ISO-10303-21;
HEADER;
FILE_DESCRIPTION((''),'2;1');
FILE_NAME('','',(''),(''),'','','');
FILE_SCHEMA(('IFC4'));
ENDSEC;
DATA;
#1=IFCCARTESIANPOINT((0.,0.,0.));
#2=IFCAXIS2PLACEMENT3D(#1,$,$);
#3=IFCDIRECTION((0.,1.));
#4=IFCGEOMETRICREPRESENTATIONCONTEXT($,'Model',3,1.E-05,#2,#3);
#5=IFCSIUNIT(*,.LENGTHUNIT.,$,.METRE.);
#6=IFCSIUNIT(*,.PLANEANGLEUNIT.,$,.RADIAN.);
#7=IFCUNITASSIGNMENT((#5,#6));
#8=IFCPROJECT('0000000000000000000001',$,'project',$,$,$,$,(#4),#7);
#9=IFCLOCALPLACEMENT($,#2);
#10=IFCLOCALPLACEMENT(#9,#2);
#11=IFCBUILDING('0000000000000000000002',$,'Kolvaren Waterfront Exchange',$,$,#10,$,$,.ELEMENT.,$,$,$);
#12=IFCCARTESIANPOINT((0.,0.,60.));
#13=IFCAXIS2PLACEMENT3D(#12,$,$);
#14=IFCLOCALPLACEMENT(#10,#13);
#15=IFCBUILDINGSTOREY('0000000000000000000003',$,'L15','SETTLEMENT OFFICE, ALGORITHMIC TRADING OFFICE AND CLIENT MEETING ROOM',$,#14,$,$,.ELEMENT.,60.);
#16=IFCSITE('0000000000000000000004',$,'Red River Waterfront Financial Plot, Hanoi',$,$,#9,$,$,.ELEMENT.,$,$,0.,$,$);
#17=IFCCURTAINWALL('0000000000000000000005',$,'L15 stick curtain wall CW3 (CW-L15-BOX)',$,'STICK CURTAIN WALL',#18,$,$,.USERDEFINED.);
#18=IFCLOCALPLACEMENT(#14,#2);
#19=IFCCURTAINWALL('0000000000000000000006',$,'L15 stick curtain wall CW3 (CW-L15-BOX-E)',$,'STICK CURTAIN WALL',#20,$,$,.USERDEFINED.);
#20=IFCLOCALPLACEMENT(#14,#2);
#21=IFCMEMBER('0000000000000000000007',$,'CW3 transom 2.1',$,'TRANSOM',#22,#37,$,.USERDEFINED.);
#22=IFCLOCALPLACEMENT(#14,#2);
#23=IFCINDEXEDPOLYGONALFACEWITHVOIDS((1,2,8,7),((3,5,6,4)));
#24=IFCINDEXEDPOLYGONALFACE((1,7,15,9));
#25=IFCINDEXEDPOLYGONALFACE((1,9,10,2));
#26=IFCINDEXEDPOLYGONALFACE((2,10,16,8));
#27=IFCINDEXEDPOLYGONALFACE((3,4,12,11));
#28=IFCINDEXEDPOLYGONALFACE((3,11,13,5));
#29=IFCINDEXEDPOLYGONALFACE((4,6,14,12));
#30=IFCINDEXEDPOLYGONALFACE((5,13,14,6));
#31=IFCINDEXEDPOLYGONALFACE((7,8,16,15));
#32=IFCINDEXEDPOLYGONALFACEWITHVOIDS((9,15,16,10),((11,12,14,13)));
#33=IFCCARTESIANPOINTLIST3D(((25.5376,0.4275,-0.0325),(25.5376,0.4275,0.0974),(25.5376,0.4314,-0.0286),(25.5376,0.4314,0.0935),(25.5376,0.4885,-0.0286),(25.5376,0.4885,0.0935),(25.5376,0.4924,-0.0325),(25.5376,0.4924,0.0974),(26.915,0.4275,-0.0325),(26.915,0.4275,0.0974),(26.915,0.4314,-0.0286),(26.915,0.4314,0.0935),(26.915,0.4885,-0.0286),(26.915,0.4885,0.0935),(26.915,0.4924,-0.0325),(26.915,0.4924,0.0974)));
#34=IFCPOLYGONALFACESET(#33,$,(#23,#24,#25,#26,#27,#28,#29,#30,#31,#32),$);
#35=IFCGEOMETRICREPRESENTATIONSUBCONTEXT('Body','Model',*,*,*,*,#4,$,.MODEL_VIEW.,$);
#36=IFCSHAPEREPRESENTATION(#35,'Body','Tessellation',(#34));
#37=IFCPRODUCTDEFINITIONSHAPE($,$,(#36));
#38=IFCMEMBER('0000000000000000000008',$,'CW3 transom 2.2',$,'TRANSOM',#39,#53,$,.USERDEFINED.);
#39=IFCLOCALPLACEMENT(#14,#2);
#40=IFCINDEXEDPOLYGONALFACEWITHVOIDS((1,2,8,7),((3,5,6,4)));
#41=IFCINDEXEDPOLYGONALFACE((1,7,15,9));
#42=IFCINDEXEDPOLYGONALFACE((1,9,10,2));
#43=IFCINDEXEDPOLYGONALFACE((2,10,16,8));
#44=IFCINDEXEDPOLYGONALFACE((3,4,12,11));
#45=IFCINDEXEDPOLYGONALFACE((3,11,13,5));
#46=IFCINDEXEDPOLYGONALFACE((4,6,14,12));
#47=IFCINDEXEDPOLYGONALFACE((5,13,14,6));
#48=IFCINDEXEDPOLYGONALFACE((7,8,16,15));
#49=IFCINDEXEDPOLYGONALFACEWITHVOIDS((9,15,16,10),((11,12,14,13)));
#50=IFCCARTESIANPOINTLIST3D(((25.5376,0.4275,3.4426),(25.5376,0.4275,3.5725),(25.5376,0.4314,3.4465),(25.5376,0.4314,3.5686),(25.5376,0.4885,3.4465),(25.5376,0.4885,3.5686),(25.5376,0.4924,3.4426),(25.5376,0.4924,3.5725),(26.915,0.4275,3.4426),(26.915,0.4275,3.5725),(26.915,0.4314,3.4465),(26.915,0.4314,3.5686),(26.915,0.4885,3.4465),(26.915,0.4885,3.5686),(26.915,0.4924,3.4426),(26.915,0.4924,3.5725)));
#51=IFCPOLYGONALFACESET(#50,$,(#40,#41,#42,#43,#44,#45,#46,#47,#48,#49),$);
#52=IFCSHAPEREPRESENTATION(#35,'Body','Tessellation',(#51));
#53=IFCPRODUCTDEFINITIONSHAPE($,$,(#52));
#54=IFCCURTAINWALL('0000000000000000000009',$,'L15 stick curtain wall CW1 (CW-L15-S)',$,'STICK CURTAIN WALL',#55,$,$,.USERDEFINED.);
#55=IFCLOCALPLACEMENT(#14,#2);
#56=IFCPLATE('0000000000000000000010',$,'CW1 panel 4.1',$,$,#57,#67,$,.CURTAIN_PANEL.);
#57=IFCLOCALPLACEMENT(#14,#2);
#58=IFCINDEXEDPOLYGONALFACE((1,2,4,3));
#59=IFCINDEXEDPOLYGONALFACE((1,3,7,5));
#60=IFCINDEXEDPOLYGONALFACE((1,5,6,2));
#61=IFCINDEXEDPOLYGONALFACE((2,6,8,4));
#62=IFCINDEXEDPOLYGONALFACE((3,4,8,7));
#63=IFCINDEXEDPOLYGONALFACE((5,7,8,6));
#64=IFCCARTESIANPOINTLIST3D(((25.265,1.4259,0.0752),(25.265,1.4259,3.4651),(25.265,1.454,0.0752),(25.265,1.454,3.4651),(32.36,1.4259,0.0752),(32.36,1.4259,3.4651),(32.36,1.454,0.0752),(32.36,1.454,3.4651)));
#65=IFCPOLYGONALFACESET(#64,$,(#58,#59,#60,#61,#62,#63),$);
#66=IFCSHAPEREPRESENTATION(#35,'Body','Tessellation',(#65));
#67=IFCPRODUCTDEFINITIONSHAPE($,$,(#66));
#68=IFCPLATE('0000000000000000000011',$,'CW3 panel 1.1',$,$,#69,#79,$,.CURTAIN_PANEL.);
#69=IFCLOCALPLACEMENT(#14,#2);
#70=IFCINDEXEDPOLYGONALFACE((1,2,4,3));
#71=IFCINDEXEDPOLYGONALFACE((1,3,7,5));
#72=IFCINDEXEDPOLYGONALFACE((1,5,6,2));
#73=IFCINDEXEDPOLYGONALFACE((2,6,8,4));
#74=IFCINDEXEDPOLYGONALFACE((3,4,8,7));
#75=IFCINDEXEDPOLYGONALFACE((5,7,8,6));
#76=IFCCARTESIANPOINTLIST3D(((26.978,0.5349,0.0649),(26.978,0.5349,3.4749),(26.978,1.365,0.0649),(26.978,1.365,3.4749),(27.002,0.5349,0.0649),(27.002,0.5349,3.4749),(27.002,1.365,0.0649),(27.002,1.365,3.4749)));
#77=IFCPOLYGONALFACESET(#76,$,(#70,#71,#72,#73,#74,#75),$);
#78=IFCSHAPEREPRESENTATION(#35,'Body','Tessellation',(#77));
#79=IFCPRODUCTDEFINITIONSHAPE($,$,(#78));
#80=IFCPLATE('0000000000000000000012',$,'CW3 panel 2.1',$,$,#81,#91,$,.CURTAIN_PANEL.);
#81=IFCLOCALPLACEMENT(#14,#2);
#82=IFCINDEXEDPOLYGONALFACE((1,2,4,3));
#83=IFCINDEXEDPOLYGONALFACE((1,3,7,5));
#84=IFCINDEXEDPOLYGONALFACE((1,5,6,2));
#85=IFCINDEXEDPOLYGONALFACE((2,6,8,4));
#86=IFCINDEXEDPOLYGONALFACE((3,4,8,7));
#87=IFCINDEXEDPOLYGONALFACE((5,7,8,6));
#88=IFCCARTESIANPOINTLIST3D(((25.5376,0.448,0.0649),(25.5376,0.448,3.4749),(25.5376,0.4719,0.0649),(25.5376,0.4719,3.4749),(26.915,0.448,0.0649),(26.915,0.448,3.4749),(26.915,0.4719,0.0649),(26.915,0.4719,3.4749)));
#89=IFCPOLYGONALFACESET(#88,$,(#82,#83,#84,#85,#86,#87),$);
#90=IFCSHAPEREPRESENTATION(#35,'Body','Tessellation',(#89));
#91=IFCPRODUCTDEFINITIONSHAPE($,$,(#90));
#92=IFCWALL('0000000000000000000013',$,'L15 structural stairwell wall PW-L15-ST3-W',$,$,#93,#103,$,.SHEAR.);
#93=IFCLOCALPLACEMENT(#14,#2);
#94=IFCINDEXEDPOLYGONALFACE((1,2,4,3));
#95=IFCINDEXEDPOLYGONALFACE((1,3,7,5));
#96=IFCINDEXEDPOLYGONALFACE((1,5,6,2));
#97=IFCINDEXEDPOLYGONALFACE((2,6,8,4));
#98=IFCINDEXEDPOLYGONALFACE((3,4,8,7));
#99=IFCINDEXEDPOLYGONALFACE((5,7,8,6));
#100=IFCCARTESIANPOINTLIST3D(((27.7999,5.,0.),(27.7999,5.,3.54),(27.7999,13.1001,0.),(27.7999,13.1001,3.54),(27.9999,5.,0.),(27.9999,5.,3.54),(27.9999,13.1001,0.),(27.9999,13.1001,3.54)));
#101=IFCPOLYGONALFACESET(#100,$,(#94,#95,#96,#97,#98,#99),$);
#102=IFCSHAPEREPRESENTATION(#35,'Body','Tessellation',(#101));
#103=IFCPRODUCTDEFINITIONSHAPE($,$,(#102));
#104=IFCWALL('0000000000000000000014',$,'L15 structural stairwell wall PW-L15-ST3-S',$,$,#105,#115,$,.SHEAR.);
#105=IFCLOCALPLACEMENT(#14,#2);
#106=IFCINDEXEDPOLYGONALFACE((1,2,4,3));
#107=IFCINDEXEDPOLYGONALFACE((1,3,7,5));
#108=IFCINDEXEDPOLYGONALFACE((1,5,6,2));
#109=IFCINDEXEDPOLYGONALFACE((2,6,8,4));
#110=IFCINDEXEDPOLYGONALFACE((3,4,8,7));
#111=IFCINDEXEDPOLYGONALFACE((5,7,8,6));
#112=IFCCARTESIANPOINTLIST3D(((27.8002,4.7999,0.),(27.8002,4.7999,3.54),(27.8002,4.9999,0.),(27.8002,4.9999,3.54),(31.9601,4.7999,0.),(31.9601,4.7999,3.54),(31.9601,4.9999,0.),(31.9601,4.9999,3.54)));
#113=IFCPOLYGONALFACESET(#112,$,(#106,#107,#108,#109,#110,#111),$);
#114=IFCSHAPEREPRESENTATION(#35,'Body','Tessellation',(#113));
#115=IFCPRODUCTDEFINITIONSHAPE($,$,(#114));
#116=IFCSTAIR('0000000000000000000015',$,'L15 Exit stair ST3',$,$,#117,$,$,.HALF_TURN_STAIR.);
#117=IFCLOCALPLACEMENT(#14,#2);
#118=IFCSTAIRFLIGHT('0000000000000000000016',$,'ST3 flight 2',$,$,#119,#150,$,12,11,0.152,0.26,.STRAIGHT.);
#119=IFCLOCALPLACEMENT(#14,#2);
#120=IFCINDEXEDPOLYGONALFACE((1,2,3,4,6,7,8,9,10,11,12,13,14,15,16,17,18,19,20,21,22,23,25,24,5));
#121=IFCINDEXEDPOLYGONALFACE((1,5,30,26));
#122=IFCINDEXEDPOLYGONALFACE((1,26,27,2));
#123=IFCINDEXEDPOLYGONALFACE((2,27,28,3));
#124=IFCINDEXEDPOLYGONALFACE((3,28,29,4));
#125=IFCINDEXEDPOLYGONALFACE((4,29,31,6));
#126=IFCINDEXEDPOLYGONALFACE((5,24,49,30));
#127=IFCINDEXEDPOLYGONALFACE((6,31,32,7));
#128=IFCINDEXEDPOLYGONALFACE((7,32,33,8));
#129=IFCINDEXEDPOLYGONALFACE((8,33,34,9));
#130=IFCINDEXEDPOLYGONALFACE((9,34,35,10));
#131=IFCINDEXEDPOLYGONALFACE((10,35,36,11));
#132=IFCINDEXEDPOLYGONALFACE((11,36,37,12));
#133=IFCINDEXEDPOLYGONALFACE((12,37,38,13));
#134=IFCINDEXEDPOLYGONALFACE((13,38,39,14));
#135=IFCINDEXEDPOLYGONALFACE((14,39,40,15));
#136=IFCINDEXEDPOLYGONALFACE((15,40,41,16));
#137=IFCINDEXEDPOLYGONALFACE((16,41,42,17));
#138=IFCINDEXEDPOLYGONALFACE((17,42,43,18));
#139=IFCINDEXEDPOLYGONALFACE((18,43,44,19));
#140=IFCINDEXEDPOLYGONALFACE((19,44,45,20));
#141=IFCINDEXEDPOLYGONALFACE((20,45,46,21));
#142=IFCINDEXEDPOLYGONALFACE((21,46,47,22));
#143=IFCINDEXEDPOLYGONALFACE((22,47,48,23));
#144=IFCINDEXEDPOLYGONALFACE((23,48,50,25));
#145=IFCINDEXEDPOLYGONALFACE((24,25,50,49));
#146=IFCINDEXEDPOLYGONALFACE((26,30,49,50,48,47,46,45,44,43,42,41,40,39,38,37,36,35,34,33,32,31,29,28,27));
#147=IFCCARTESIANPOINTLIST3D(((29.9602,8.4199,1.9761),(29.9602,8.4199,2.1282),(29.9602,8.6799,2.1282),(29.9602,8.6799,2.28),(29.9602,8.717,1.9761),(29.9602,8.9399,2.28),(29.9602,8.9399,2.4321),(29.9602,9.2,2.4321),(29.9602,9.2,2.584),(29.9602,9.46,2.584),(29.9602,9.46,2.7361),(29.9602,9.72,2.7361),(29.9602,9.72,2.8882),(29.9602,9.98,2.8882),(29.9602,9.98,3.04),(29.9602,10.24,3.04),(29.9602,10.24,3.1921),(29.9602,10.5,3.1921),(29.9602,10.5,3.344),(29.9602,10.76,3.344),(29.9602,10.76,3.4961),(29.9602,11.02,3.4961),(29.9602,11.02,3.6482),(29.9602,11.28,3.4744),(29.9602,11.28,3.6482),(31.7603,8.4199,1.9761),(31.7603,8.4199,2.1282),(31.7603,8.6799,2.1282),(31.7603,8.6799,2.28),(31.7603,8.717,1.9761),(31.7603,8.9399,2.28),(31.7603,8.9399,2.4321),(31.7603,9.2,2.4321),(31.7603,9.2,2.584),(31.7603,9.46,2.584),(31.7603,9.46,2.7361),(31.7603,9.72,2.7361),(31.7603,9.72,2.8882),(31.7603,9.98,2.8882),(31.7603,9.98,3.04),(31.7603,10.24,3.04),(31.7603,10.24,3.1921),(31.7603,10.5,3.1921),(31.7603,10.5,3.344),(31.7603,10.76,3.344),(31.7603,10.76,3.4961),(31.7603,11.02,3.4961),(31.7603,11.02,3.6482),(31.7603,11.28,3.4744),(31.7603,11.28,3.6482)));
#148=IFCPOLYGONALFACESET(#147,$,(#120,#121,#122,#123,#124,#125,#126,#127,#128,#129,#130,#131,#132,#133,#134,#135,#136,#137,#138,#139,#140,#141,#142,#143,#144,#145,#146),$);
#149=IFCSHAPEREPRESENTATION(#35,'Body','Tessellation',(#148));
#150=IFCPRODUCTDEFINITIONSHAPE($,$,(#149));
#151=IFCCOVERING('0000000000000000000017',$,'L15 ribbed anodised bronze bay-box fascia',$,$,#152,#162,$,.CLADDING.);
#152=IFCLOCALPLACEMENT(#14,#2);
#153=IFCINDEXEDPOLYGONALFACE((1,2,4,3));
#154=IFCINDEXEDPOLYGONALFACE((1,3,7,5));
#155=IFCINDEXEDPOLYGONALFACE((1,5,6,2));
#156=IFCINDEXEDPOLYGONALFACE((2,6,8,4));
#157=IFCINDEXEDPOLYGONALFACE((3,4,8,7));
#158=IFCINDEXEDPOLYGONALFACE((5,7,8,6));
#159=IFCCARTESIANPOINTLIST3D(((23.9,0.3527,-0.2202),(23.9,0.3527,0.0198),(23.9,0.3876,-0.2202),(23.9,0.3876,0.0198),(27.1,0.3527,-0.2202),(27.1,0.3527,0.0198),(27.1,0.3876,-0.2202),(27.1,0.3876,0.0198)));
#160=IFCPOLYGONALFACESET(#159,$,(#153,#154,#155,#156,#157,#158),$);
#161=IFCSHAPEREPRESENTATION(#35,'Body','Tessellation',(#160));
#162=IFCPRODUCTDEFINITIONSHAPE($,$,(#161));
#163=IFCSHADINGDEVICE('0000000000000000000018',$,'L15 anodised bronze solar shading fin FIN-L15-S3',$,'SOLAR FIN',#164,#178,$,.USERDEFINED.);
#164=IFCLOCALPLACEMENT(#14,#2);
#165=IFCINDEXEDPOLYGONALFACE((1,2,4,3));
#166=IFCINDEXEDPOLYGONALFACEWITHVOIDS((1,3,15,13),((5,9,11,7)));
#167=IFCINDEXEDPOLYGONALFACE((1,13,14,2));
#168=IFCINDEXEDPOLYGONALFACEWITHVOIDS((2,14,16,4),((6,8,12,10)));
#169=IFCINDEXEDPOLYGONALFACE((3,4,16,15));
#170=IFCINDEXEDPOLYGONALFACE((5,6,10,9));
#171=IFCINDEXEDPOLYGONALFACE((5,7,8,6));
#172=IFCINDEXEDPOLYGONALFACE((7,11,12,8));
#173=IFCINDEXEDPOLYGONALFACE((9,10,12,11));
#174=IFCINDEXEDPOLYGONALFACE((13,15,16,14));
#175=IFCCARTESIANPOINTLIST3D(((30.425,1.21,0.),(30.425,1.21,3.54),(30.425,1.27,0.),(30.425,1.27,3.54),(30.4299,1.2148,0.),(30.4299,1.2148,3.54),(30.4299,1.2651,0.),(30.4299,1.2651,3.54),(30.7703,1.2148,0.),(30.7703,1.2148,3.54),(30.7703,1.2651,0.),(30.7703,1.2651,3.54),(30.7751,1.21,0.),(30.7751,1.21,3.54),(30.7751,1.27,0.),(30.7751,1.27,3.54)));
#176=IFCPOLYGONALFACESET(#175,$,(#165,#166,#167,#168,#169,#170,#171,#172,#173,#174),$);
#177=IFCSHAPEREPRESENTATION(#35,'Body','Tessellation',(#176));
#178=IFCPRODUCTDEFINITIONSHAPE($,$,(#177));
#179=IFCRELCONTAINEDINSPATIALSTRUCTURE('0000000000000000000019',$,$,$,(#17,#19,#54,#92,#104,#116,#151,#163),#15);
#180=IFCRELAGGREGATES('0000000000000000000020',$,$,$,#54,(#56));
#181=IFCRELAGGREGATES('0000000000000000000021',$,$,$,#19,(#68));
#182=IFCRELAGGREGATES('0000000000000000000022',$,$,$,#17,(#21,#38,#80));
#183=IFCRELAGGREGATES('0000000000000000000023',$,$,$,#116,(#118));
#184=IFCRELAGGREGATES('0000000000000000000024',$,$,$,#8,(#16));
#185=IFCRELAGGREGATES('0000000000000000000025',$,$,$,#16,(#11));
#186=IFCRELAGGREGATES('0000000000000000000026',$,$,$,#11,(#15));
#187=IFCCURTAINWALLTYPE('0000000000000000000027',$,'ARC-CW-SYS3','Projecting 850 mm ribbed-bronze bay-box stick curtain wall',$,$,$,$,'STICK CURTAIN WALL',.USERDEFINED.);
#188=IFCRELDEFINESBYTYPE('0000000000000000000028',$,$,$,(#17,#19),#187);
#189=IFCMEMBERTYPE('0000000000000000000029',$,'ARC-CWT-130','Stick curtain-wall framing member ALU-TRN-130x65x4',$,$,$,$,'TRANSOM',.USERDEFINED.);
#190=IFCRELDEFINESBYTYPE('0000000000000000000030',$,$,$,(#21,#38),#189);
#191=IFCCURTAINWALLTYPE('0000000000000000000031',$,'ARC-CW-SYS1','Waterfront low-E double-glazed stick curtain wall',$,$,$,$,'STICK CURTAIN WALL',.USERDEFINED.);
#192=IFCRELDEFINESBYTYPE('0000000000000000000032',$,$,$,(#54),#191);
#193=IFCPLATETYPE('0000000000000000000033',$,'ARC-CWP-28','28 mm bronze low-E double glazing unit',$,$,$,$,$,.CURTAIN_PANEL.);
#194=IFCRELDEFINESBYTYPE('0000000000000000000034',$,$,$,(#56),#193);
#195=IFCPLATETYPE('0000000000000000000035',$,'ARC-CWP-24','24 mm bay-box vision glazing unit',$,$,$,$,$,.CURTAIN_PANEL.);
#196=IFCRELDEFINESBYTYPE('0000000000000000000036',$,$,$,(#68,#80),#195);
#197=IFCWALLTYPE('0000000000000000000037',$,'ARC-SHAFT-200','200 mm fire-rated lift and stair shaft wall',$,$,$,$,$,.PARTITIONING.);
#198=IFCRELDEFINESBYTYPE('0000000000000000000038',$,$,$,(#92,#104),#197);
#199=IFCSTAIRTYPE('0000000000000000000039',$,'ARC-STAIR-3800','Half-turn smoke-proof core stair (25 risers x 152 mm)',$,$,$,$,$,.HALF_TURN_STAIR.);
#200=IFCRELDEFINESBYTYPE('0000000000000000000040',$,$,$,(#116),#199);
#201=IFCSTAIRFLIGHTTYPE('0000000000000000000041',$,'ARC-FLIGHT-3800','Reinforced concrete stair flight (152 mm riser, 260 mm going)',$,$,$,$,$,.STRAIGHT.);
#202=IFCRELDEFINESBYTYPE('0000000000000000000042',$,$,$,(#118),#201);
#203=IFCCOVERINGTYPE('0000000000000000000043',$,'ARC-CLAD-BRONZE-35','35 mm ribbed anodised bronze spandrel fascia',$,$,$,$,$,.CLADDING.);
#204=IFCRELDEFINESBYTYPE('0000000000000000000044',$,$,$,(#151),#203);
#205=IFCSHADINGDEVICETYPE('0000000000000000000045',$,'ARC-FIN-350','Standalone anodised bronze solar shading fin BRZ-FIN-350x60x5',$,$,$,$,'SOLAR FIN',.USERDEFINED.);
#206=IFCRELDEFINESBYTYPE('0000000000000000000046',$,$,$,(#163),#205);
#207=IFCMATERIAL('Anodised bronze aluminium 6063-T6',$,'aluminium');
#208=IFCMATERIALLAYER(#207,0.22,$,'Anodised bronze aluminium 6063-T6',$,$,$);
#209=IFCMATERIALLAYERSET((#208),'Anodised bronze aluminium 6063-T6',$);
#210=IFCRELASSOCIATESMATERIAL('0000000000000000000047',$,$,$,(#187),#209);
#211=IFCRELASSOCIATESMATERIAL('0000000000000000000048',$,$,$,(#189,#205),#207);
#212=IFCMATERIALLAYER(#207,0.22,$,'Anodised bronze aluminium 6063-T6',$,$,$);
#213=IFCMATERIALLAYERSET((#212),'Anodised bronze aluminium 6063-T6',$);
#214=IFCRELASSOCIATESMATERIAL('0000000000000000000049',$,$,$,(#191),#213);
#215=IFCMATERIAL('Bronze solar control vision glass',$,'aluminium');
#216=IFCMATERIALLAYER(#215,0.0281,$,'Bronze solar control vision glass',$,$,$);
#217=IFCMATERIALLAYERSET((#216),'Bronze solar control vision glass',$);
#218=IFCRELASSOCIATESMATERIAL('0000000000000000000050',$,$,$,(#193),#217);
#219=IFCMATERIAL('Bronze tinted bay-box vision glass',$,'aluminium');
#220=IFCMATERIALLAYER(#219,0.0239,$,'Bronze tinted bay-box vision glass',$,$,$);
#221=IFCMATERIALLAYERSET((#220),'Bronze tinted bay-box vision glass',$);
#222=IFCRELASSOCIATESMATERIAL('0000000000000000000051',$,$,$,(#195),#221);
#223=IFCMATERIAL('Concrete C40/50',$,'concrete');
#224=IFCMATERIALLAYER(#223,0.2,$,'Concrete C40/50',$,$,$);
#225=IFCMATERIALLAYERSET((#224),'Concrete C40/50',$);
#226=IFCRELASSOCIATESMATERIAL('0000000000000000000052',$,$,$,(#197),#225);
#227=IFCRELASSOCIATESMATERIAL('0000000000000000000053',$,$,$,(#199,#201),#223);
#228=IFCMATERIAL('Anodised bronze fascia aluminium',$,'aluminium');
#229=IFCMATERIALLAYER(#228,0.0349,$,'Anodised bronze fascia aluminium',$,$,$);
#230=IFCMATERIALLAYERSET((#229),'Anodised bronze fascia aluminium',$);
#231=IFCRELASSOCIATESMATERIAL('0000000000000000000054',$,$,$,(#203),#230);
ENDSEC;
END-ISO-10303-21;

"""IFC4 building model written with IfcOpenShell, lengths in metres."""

from ifc_helpers import new_model, si_unit, direction, frame, frame_2d, origin, origin_with_axes, origin_2d, place, context, subcontext, project, spatial, polyline, rectangle, hollow_rectangle, outline, extrude, source, transform, mapped, material, layer, layer_set, material_profile, profile_set, type_object, element, aggregate, save


model = new_model("IFC4")

# Units and contexts
model_context = context("Model", 3, precision=1e-05, world=origin(), true_north=direction((0.0, 1.0)))
body_context = subcontext(model_context, "Body", "Model", "MODEL_VIEW")
ifc_project = project(units=[si_unit("LENGTHUNIT", "METRE"), si_unit("PLANEANGLEUNIT", "RADIAN")], contexts=[model_context])

# Site, building, storey
site_placement = place(None, origin())
site = spatial("IfcSite", under=ifc_project, at=site_placement, Name="Red River Waterfront Financial Plot, Hanoi", CompositionType="ELEMENT", RefElevation=0.0)
building_placement = place(site_placement, origin())
building = spatial("IfcBuilding", under=site, at=building_placement, Name="Kolvaren Waterfront Exchange", CompositionType="ELEMENT")
storey_placement = place(building_placement, frame((0.0, 0.0, 60.0)))
storey = spatial("IfcBuildingStorey", under=building, at=storey_placement, Name="L15", Description="SETTLEMENT OFFICE, ALGORITHMIC TRADING OFFICE AND CLIENT MEETING ROOM", CompositionType="ELEMENT", Elevation=60.0)

# Curtain walls
ifc_material_1 = material(Name="Anodised bronze aluminium 6063-T6", Category="aluminium")
ifc_layer_1 = layer(ifc_material_1, 0.22, Name="Anodised bronze aluminium 6063-T6")
ifc_layer_set_1 = layer_set([ifc_layer_1], Name="Anodised bronze aluminium 6063-T6")
curtain_wall_type_1 = type_object("IfcCurtainWallType", Name="ARC-CW-SYS3", Description="Projecting 850 mm ribbed-bronze bay-box stick curtain wall", ElementType="STICK CURTAIN WALL", PredefinedType="USERDEFINED", material=ifc_layer_set_1)
curtain_wall_1_placement = place(storey_placement, origin())
curtain_wall_1 = element("IfcCurtainWall", 1, at=curtain_wall_1_placement, inside=storey, type_object=curtain_wall_type_1, Name="L15 stick curtain wall CW3 (CW-L15-BOX)", ObjectType="STICK CURTAIN WALL", PredefinedType="USERDEFINED")
curtain_wall_2_placement = place(storey_placement, origin())
curtain_wall_2 = element("IfcCurtainWall", 2, at=curtain_wall_2_placement, inside=storey, type_object=curtain_wall_type_1, Name="L15 stick curtain wall CW3 (CW-L15-BOX-E)", ObjectType="STICK CURTAIN WALL", PredefinedType="USERDEFINED")
ifc_material_profile_1 = material_profile(ifc_material_1, hollow_rectangle(XDim=0.0649, YDim=0.1299, WallThickness=0.0039, at=origin_2d()), Name="ALU-TRN-130x65x4")
ifc_profile_set_1 = profile_set([ifc_material_profile_1], Name="Anodised bronze aluminium 6063-T6")
member_type_1 = type_object("IfcMemberType", Name="ARC-CWT-130", Description="Stick curtain-wall framing member ALU-TRN-130x65x4", ElementType="TRANSOM", PredefinedType="USERDEFINED", material=ifc_profile_set_1)

# Members
shared_shape_1 = source(origin_with_axes(), body_context, "Body", "SweptSolid", [
    extrude(hollow_rectangle(XDim=0.0649, YDim=0.1299, WallThickness=0.0039, at=origin_2d()), origin(), (0.0, 0.0, 1.0), 1.3774),
])
member_1_placement = place(storey_placement, frame((25.5376, 0.46, 0.0325), z_axis=(1.0, 0.0, 0.0), x_axis=(0.0, 1.0, 0.0)))
member_1 = element("IfcMember", 3, at=member_1_placement, type_object=member_type_1, Name="CW3 transom 2.1", ObjectType="TRANSOM", PredefinedType="USERDEFINED", context=body_context, shape_type="MappedRepresentation", body=[
    mapped(shared_shape_1, transform((0.0, 0.0, 0.0), x_axis=(1.0, 0.0, 0.0), y_axis=(0.0, 1.0, 0.0), z_axis=(0.0, 0.0, 1.0), scale=1.0)),
])
member_2_placement = place(storey_placement, frame((25.5376, 0.46, 3.5076), z_axis=(1.0, 0.0, 0.0), x_axis=(0.0, 1.0, 0.0)))
member_2 = element("IfcMember", 4, at=member_2_placement, type_object=member_type_1, Name="CW3 transom 2.2", ObjectType="TRANSOM", PredefinedType="USERDEFINED", context=body_context, shape_type="MappedRepresentation", body=[
    mapped(shared_shape_1, transform((0.0, 0.0, 0.0), x_axis=(1.0, 0.0, 0.0), y_axis=(0.0, 1.0, 0.0), z_axis=(0.0, 0.0, 1.0), scale=1.0)),
])

# Curtain wall, plate
ifc_layer_2 = layer(ifc_material_1, 0.22, Name="Anodised bronze aluminium 6063-T6")
ifc_layer_set_2 = layer_set([ifc_layer_2], Name="Anodised bronze aluminium 6063-T6")
curtain_wall_type_2 = type_object("IfcCurtainWallType", Name="ARC-CW-SYS1", Description="Waterfront low-E double-glazed stick curtain wall", ElementType="STICK CURTAIN WALL", PredefinedType="USERDEFINED", material=ifc_layer_set_2)
curtain_wall_3_placement = place(storey_placement, origin())
curtain_wall_3 = element("IfcCurtainWall", 5, at=curtain_wall_3_placement, inside=storey, type_object=curtain_wall_type_2, Name="L15 stick curtain wall CW1 (CW-L15-S)", ObjectType="STICK CURTAIN WALL", PredefinedType="USERDEFINED")
ifc_material_2 = material(Name="Bronze solar control vision glass", Category="aluminium")
ifc_layer_3 = layer(ifc_material_2, 0.0281, Name="Bronze solar control vision glass")
ifc_layer_set_3 = layer_set([ifc_layer_3], Name="Bronze solar control vision glass")
plate_type_1 = type_object("IfcPlateType", Name="ARC-CWP-28", Description="28 mm bronze low-E double glazing unit", PredefinedType="CURTAIN_PANEL", material=ifc_layer_set_3)
shared_shape_2 = source(origin_with_axes(), body_context, "Body", "SweptSolid", [
    extrude(rectangle(XDim=7.095, YDim=0.0281, at=origin_2d()), origin(), (0.0, 0.0, 1.0), 3.3899),
])
plate_1_placement = place(storey_placement, frame((28.8125, 1.4399, 0.0752), z_axis=(0.0, 0.0, 1.0), x_axis=(1.0, 0.0, 0.0)))
plate_1 = element("IfcPlate", 6, at=plate_1_placement, type_object=plate_type_1, Name="CW1 panel 4.1", PredefinedType="CURTAIN_PANEL", context=body_context, shape_type="MappedRepresentation", body=[
    mapped(shared_shape_2, transform((0.0, 0.0, 0.0), x_axis=(1.0, 0.0, 0.0), y_axis=(0.0, 1.0, 0.0), z_axis=(0.0, 0.0, 1.0), scale=1.0)),
])
aggregate(curtain_wall_3, [plate_1])

# Plates
ifc_material_3 = material(Name="Bronze tinted bay-box vision glass", Category="aluminium")
ifc_layer_4 = layer(ifc_material_3, 0.0239, Name="Bronze tinted bay-box vision glass")
ifc_layer_set_4 = layer_set([ifc_layer_4], Name="Bronze tinted bay-box vision glass")
plate_type_2 = type_object("IfcPlateType", Name="ARC-CWP-24", Description="24 mm bay-box vision glazing unit", PredefinedType="CURTAIN_PANEL", material=ifc_layer_set_4)
shared_shape_3 = source(origin_with_axes(), body_context, "Body", "SweptSolid", [
    extrude(rectangle(XDim=0.8301, YDim=0.0239, at=origin_2d()), origin(), (0.0, 0.0, 1.0), 3.4099),
])
plate_2_placement = place(storey_placement, frame((26.99, 0.95, 0.0649), z_axis=(0.0, 0.0, 1.0), x_axis=(0.0, 1.0, 0.0)))
plate_2 = element("IfcPlate", 7, at=plate_2_placement, type_object=plate_type_2, Name="CW3 panel 1.1", PredefinedType="CURTAIN_PANEL", context=body_context, shape_type="MappedRepresentation", body=[
    mapped(shared_shape_3, transform((0.0, 0.0, 0.0), x_axis=(1.0, 0.0, 0.0), y_axis=(0.0, 1.0, 0.0), z_axis=(0.0, 0.0, 1.0), scale=1.0)),
])
aggregate(curtain_wall_2, [plate_2])
shared_shape_4 = source(origin_with_axes(), body_context, "Body", "SweptSolid", [
    extrude(rectangle(XDim=1.3774, YDim=0.0239, at=origin_2d()), origin(), (0.0, 0.0, 1.0), 3.4099),
])
plate_3_placement = place(storey_placement, frame((26.2263, 0.46, 0.0649), z_axis=(0.0, 0.0, 1.0), x_axis=(1.0, 0.0, 0.0)))
plate_3 = element("IfcPlate", 8, at=plate_3_placement, type_object=plate_type_2, Name="CW3 panel 2.1", PredefinedType="CURTAIN_PANEL", context=body_context, shape_type="MappedRepresentation", body=[
    mapped(shared_shape_4, transform((0.0, 0.0, 0.0), x_axis=(1.0, 0.0, 0.0), y_axis=(0.0, 1.0, 0.0), z_axis=(0.0, 0.0, 1.0), scale=1.0)),
])
aggregate(curtain_wall_1, [member_1, member_2, plate_3])

# Walls
ifc_material_4 = material(Name="Concrete C40/50", Category="concrete")
ifc_layer_5 = layer(ifc_material_4, 0.2, Name="Concrete C40/50")
ifc_layer_set_5 = layer_set([ifc_layer_5], Name="Concrete C40/50")
wall_type = type_object("IfcWallType", Name="ARC-SHAFT-200", Description="200 mm fire-rated lift and stair shaft wall", PredefinedType="PARTITIONING", material=ifc_layer_set_5)
wall_1_placement = place(storey_placement, frame((27.8999, 5.0, 0.0), z_axis=(0.0, 0.0, 1.0), x_axis=(0.0, 1.0, 0.0)))
element("IfcWall", 9, at=wall_1_placement, inside=storey, type_object=wall_type, Name="L15 structural stairwell wall PW-L15-ST3-W", PredefinedType="SHEAR", context=body_context, shape_type="SweptSolid", body=[
    extrude(rectangle(XDim=8.1001, YDim=0.2, at=frame_2d((4.05, 0.0))), origin(), (0.0, 0.0, 1.0), 3.54),
])
wall_2_placement = place(storey_placement, frame((27.8, 4.8999, 0.0), z_axis=(0.0, 0.0, 1.0), x_axis=(1.0, 0.0, 0.0)))
element("IfcWall", 10, at=wall_2_placement, inside=storey, type_object=wall_type, Name="L15 structural stairwell wall PW-L15-ST3-S", PredefinedType="SHEAR", context=body_context, shape_type="SweptSolid", body=[
    extrude(rectangle(XDim=4.1599, YDim=0.2, at=frame_2d((2.0801, 0.0))), origin(), (0.0, 0.0, 1.0), 3.54),
])

# Stair, stair flight
stair_type = type_object("IfcStairType", Name="ARC-STAIR-3800", Description="Half-turn smoke-proof core stair (25 risers x 152 mm)", PredefinedType="HALF_TURN_STAIR", material=ifc_material_4)
stair_placement = place(storey_placement, origin())
stair = element("IfcStair", 11, at=stair_placement, inside=storey, type_object=stair_type, Name="L15 Exit stair ST3", PredefinedType="HALF_TURN_STAIR")
stair_flight_type = type_object("IfcStairFlightType", Name="ARC-FLIGHT-3800", Description="Reinforced concrete stair flight (152 mm riser, 260 mm going)", PredefinedType="STRAIGHT", material=ifc_material_4)
stair_flight_placement = place(storey_placement, frame((30.8601, 8.4199, 1.9761), z_axis=(0.0, 0.0, 1.0), x_axis=(0.0, 1.0, 0.0)))
stair_flight = element("IfcStairFlight", 12, at=stair_flight_placement, type_object=stair_flight_type, Name="ST3 flight 2", NumberOfRisers=12, NumberOfTreads=11, PredefinedType="STRAIGHT", RiserHeight=0.152, TreadLength=0.26, context=body_context, shape_type="SweptSolid", body=[
    extrude(outline(polyline([(0.0, 0.0), (0.0, 0.1521), (0.26, 0.1521), (0.26, 0.304), (0.52, 0.304), (0.52, 0.4561), (0.78, 0.4561), (0.78, 0.6079), (1.04, 0.6079), (1.04, 0.76), (1.3, 0.76), (1.3, 0.9121), (1.5601, 0.9121), (1.5601, 1.064), (1.8201, 1.064), (1.8201, 1.2161), (2.0801, 1.2161), (2.0801, 1.3679), (2.3401, 1.3679), (2.3401, 1.52), (2.6001, 1.52), (2.6001, 1.6721), (2.8601, 1.6721), (2.8601, 1.824), (2.8601, 1.4983), (0.2971, 0.0), (0.0, 0.0)])), frame((0.0, 0.8999, 0.0), z_axis=(0.0, -1.0, 0.0), x_axis=(1.0, 0.0, 0.0)), (0.0, 0.0, 1.0), 1.8),
])
aggregate(stair, [stair_flight])

# Covering
ifc_material_5 = material(Name="Anodised bronze fascia aluminium", Category="aluminium")
ifc_layer_6 = layer(ifc_material_5, 0.0349, Name="Anodised bronze fascia aluminium")
ifc_layer_set_6 = layer_set([ifc_layer_6], Name="Anodised bronze fascia aluminium")
covering_type = type_object("IfcCoveringType", Name="ARC-CLAD-BRONZE-35", Description="35 mm ribbed anodised bronze spandrel fascia", PredefinedType="CLADDING", material=ifc_layer_set_6)
covering_placement = place(storey_placement, frame((25.5, 0.3701, -0.2202), z_axis=(0.0, 0.0, 1.0), x_axis=(1.0, 0.0, 0.0)))
element("IfcCovering", 13, at=covering_placement, inside=storey, type_object=covering_type, Name="L15 ribbed anodised bronze bay-box fascia", PredefinedType="CLADDING", context=body_context, shape_type="SweptSolid", body=[
    extrude(rectangle(XDim=3.2, YDim=0.0349, at=origin_2d()), origin(), (0.0, 0.0, 1.0), 0.24),
])

# Shading device
ifc_material_profile_2 = material_profile(ifc_material_1, hollow_rectangle(XDim=0.0601, YDim=0.3501, WallThickness=0.0049, at=origin_2d()), Name="BRZ-FIN-350x60x5")
ifc_profile_set_2 = profile_set([ifc_material_profile_2], Name="Anodised bronze aluminium 6063-T6")
shading_device_type = type_object("IfcShadingDeviceType", Name="ARC-FIN-350", Description="Standalone anodised bronze solar shading fin BRZ-FIN-350x60x5", ElementType="SOLAR FIN", PredefinedType="USERDEFINED", material=ifc_profile_set_2)
shading_device_placement = place(storey_placement, frame((30.6001, 1.24, 0.0), z_axis=(0.0, 0.0, 1.0), x_axis=(0.0, -1.0, 0.0)))
element("IfcShadingDevice", 14, at=shading_device_placement, inside=storey, type_object=shading_device_type, Name="L15 anodised bronze solar shading fin FIN-L15-S3", ObjectType="SOLAR FIN", PredefinedType="USERDEFINED", context=body_context, shape_type="SweptSolid", body=[
    extrude(hollow_rectangle(XDim=0.0601, YDim=0.3501, WallThickness=0.0049, at=origin_2d()), origin(), (0.0, 0.0, 1.0), 3.54),
])

save(model, "model.ifc")
